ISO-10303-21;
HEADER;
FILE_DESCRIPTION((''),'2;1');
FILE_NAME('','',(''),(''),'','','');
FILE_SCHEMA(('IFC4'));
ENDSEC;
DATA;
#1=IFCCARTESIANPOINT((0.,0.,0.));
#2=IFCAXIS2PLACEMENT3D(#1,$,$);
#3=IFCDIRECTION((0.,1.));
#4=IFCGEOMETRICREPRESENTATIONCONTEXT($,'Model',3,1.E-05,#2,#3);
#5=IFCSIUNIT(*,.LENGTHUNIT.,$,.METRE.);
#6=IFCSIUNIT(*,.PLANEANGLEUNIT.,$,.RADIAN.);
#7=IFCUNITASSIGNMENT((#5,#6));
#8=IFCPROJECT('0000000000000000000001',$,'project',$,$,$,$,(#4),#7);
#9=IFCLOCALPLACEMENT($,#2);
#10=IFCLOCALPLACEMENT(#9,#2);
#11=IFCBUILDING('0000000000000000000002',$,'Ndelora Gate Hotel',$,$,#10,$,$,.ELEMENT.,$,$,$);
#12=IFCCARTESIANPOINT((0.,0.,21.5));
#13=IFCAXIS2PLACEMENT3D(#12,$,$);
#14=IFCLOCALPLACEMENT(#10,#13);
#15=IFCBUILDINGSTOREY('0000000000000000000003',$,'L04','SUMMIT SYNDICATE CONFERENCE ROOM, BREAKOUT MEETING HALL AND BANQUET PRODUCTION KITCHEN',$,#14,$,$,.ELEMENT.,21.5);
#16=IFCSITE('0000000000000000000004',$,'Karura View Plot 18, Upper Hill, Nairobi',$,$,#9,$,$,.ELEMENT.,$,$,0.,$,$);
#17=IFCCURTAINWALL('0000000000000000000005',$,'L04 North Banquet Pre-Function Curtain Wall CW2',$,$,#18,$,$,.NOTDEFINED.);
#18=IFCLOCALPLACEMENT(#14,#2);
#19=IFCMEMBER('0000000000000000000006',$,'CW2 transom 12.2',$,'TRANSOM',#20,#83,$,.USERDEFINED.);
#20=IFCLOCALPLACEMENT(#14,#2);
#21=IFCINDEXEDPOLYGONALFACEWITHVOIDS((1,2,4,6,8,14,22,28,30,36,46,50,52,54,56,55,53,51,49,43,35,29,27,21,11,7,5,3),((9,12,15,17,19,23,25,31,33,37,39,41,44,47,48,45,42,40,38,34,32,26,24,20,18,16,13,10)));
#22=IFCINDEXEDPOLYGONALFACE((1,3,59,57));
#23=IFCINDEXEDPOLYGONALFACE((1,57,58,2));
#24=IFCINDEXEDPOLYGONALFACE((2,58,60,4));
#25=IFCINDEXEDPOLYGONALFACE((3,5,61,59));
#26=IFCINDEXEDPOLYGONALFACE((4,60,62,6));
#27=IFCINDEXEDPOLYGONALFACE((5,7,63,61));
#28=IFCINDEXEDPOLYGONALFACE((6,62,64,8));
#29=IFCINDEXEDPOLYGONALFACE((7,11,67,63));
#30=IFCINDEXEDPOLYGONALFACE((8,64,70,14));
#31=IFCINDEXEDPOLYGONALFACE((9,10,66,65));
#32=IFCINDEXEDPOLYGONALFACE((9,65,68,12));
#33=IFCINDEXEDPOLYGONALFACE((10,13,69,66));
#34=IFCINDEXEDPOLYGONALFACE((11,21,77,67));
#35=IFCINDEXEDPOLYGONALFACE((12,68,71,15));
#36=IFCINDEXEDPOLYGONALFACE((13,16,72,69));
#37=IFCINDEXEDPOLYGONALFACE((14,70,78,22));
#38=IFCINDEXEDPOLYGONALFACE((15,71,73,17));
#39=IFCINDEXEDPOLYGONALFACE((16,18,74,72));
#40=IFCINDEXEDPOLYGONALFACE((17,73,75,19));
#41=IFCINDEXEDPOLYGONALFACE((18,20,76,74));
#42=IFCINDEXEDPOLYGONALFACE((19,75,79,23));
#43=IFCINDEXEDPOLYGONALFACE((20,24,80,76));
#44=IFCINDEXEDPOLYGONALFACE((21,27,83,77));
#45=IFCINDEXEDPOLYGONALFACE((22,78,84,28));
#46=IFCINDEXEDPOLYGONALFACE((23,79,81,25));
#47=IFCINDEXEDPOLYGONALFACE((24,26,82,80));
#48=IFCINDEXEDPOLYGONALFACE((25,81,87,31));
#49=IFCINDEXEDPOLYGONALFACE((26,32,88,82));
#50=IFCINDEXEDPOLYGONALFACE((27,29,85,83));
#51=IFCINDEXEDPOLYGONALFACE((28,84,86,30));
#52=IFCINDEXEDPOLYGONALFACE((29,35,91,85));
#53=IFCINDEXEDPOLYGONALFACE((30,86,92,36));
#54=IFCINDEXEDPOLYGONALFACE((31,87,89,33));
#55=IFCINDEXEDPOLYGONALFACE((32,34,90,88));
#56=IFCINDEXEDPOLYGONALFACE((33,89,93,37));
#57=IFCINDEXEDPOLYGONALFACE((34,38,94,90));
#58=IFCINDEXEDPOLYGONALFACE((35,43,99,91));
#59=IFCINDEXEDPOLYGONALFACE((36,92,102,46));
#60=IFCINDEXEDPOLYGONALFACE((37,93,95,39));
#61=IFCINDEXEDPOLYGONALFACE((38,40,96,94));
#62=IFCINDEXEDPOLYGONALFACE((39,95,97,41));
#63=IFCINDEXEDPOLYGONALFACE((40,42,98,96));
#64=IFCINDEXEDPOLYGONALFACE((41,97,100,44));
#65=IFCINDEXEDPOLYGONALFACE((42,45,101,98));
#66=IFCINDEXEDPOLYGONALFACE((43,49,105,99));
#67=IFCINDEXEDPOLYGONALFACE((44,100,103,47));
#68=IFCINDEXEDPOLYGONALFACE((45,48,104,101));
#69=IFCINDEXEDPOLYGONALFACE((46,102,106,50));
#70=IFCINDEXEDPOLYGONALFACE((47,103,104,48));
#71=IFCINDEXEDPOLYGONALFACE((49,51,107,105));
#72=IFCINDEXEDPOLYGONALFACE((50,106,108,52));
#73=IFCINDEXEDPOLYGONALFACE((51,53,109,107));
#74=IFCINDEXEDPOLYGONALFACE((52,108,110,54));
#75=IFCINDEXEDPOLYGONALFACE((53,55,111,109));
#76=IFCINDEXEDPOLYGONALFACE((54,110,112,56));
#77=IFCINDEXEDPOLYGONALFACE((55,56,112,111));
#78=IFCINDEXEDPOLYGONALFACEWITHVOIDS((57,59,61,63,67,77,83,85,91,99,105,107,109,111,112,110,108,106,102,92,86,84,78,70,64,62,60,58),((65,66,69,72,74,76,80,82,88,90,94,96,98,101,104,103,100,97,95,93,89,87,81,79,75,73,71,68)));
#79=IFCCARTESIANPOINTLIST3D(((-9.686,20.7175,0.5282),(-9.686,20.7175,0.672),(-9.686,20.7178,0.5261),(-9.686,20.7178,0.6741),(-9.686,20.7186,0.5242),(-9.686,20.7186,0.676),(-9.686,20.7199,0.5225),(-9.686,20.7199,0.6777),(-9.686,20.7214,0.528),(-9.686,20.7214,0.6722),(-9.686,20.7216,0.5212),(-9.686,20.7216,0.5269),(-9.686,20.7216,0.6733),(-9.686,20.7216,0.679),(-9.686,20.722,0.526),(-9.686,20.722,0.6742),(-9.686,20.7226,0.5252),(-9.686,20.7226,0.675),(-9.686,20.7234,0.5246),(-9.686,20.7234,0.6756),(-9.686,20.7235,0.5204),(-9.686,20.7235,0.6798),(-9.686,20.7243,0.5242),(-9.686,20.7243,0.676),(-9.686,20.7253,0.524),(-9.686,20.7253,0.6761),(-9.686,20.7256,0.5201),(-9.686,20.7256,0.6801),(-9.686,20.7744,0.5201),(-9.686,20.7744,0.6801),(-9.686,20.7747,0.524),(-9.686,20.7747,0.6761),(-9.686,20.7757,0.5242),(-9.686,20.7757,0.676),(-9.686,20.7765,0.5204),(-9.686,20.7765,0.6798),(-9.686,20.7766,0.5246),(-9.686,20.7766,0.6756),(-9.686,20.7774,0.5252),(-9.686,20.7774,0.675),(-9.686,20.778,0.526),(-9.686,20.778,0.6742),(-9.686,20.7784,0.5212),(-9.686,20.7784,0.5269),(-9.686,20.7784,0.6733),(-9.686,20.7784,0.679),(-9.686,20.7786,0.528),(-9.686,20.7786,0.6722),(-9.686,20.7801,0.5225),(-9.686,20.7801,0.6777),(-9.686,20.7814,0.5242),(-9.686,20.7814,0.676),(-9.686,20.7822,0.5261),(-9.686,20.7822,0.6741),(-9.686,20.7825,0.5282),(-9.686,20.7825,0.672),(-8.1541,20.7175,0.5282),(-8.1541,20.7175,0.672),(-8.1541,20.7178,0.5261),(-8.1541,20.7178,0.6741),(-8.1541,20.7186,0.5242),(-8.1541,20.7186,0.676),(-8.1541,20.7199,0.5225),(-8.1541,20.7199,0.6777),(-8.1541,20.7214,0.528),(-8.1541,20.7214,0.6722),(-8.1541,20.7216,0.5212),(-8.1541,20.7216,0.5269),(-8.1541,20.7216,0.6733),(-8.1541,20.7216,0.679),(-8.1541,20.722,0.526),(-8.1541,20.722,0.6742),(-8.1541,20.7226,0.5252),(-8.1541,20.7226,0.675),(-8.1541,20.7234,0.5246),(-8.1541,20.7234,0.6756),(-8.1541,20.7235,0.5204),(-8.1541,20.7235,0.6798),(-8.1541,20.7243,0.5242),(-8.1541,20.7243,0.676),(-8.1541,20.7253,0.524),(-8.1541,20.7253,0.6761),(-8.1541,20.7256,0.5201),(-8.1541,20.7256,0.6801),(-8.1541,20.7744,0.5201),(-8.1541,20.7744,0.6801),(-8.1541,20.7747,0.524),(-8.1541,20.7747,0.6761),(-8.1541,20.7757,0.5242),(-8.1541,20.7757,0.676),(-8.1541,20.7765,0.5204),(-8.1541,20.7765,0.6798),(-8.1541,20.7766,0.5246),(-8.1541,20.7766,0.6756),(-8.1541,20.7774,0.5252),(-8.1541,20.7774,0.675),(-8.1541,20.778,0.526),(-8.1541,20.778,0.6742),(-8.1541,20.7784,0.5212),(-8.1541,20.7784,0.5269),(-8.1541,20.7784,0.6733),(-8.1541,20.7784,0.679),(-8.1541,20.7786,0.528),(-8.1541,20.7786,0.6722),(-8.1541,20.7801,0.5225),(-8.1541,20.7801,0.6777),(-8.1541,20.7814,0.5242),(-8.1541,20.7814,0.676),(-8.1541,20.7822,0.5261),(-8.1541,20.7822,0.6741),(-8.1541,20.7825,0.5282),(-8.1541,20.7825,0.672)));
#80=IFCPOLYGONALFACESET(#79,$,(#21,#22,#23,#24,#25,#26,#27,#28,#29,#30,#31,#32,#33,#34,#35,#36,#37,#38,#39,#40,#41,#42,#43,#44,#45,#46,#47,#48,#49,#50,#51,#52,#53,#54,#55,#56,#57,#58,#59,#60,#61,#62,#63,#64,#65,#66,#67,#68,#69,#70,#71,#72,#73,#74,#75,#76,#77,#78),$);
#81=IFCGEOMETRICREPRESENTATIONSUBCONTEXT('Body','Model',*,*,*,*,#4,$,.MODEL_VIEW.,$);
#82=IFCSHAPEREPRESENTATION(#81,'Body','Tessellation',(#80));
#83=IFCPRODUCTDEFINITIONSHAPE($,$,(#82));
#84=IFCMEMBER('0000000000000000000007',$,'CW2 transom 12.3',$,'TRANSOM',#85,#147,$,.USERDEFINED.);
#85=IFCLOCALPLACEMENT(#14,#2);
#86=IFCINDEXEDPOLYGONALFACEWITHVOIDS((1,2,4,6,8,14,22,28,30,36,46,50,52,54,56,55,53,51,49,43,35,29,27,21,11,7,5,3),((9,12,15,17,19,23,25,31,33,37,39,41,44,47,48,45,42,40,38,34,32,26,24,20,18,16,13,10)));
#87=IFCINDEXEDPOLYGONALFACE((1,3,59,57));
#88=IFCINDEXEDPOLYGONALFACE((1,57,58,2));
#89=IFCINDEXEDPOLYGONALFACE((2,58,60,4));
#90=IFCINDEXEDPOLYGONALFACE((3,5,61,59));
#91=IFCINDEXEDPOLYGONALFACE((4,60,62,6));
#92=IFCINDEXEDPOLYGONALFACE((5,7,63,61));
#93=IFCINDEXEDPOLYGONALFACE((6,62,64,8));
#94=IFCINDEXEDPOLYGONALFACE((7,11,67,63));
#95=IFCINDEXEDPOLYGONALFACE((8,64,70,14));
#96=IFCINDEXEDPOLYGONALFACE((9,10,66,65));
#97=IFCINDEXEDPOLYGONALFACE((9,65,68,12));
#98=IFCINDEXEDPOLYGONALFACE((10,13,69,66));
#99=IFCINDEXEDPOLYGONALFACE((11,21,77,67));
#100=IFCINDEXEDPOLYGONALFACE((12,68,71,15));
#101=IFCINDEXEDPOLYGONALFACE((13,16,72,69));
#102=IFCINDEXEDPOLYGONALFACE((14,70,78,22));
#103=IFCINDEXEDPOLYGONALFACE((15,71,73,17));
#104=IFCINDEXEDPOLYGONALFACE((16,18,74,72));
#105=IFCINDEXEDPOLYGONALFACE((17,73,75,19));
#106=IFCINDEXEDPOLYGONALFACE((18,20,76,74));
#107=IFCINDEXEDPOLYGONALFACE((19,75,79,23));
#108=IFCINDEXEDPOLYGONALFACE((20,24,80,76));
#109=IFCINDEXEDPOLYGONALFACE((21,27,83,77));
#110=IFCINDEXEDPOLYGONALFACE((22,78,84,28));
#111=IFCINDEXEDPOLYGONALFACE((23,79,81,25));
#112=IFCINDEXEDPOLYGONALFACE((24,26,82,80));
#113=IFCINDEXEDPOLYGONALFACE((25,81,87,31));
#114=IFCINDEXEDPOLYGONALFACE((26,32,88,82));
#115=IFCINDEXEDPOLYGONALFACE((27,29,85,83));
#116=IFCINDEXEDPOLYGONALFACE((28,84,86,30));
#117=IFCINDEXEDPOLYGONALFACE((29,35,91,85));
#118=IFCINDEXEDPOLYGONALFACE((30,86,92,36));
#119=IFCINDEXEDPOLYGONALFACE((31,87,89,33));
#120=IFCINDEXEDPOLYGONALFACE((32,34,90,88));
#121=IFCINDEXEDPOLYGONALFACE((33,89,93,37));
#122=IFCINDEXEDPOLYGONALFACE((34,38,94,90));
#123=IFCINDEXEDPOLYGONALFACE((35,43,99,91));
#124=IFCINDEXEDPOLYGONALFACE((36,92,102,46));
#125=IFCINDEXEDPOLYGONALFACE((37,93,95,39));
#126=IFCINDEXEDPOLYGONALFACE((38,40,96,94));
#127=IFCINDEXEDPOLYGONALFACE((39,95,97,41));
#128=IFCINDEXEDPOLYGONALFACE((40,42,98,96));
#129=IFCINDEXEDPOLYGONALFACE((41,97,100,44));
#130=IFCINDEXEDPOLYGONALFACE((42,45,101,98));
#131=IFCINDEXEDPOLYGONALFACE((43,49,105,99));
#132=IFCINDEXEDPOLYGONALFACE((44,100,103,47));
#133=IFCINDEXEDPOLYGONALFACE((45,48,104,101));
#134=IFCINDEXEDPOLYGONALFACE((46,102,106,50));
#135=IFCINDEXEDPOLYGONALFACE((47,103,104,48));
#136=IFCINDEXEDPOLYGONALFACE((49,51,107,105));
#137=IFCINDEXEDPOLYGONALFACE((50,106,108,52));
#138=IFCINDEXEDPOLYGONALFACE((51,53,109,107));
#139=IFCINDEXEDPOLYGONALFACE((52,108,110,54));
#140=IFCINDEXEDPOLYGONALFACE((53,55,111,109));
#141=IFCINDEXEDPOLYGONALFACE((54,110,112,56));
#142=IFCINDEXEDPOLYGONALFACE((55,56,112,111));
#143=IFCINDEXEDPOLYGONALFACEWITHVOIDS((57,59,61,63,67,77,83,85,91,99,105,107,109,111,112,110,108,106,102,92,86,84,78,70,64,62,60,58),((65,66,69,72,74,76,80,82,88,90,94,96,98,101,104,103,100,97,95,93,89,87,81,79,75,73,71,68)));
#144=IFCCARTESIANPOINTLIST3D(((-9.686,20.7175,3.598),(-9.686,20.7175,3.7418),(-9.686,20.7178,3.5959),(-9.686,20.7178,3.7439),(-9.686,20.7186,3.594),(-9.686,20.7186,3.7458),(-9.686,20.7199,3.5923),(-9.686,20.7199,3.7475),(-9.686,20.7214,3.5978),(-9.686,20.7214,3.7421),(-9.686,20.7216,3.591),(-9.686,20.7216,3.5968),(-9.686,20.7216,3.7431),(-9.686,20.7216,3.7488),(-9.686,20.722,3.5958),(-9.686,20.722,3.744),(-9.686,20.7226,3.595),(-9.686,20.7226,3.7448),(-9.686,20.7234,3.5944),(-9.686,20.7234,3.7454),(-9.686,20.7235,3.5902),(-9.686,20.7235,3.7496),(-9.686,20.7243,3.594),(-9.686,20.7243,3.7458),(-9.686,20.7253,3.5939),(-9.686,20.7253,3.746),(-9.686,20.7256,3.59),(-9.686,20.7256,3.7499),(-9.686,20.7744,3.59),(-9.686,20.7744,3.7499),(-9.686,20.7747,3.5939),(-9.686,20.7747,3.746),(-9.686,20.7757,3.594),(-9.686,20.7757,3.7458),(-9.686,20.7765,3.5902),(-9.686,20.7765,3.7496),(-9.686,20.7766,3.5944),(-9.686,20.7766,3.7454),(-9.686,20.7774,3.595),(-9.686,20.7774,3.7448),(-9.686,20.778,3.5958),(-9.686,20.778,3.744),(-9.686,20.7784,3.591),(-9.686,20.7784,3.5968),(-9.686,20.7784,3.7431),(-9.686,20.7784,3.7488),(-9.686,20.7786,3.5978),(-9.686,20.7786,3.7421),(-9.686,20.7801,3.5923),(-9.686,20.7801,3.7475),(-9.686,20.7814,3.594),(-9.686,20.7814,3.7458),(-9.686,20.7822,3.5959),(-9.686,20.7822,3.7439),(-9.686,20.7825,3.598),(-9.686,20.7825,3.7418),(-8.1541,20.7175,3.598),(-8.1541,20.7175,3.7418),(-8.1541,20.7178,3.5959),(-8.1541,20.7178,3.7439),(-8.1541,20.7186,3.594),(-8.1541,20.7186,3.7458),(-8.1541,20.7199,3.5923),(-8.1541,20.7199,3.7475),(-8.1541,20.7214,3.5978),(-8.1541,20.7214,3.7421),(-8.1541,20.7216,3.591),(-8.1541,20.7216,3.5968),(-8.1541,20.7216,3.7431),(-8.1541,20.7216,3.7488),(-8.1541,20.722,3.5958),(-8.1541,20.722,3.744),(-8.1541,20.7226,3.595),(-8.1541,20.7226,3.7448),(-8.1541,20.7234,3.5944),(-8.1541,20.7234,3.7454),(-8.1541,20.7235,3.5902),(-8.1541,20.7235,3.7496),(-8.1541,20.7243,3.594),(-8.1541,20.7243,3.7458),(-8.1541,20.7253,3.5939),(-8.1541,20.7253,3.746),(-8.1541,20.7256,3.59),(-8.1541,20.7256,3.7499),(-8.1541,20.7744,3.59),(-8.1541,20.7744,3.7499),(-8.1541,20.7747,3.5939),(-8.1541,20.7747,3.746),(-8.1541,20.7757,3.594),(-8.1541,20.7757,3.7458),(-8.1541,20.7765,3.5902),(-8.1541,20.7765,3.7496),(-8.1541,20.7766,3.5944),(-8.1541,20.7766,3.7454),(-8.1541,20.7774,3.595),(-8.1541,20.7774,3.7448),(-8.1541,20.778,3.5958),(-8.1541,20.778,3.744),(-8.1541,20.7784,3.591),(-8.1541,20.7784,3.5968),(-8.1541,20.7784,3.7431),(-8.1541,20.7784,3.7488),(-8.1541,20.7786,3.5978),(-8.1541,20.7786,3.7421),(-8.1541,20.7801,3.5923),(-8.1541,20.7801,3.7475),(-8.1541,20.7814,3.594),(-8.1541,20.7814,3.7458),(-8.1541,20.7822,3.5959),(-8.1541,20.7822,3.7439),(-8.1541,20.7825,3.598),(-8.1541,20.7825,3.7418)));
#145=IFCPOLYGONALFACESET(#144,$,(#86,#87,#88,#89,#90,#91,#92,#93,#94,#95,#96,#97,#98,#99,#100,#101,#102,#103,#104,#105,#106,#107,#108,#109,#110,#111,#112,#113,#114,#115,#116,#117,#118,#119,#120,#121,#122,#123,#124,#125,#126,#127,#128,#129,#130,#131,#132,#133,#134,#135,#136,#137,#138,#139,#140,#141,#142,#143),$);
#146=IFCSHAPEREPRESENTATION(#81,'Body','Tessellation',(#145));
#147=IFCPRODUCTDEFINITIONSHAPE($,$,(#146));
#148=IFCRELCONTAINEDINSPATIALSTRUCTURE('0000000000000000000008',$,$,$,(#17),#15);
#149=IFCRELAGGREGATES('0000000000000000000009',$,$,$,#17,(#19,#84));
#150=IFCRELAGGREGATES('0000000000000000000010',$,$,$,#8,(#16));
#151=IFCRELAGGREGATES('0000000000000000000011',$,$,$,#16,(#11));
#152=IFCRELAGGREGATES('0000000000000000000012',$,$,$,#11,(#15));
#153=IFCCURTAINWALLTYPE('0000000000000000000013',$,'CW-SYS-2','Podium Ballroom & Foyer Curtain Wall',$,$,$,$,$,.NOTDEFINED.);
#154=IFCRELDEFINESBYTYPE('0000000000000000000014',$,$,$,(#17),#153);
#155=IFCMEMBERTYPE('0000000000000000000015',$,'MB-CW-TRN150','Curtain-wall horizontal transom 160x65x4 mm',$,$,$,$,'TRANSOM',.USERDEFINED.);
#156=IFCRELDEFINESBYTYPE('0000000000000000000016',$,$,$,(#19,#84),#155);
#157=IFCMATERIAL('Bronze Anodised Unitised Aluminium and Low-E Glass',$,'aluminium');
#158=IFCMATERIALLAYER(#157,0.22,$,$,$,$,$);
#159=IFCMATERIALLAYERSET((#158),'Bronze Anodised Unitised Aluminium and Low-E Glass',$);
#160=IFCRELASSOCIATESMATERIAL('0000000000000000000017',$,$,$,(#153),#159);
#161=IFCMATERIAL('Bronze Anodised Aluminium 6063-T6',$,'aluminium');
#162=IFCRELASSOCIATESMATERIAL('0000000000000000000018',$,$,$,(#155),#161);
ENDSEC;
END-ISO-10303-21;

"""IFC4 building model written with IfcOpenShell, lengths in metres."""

from ifc_helpers import new_model, si_unit, direction, frame, origin, origin_2d, place, context, subcontext, project, spatial, hollow_rectangle, extrude, material, layer, layer_set, material_profile, profile_set, type_object, element, aggregate, save


model = new_model("IFC4")

# Units and contexts
model_context = context("Model", 3, precision=1e-05, world=origin(), true_north=direction((0.0, 1.0)))
body_context = subcontext(model_context, "Body", "Model", "MODEL_VIEW")
ifc_project = project(units=[si_unit("LENGTHUNIT", "METRE"), si_unit("PLANEANGLEUNIT", "RADIAN")], contexts=[model_context])

# Site, building, storey
site_placement = place(None, origin())
site = spatial("IfcSite", under=ifc_project, at=site_placement, Name="Karura View Plot 18, Upper Hill, Nairobi", CompositionType="ELEMENT", RefElevation=0.0)
building_placement = place(site_placement, origin())
building = spatial("IfcBuilding", under=site, at=building_placement, Name="Ndelora Gate Hotel", CompositionType="ELEMENT")
storey_placement = place(building_placement, frame((0.0, 0.0, 21.5)))
storey = spatial("IfcBuildingStorey", under=building, at=storey_placement, Name="L04", Description="SUMMIT SYNDICATE CONFERENCE ROOM, BREAKOUT MEETING HALL AND BANQUET PRODUCTION KITCHEN", CompositionType="ELEMENT", Elevation=21.5)

# Curtain wall, members
ifc_material_1 = material(Name="Bronze Anodised Unitised Aluminium and Low-E Glass", Category="aluminium")
ifc_layer_1 = layer(ifc_material_1, 0.22)
ifc_layer_set_1 = layer_set([ifc_layer_1], Name="Bronze Anodised Unitised Aluminium and Low-E Glass")
curtain_wall_type = type_object("IfcCurtainWallType", Name="CW-SYS-2", Description="Podium Ballroom & Foyer Curtain Wall", PredefinedType="NOTDEFINED", material=ifc_layer_set_1)
curtain_wall_placement = place(storey_placement, origin())
curtain_wall = element("IfcCurtainWall", 1, at=curtain_wall_placement, inside=storey, type_object=curtain_wall_type, Name="L04 North Banquet Pre-Function Curtain Wall CW2", PredefinedType="NOTDEFINED")
ifc_material_2 = material(Name="Bronze Anodised Aluminium 6063-T6", Category="aluminium")
ifc_material_profile_1 = material_profile(ifc_material_2, hollow_rectangle(XDim=0.0649, YDim=0.1599, WallThickness=0.0039, InnerFilletRadius=0.0039, OuterFilletRadius=0.0081, at=origin_2d()), Name="ALU 160x65x4")
ifc_profile_set_1 = profile_set([ifc_material_profile_1], Name="Bronze Anodised Aluminium 6063-T6")
member_type_1 = type_object("IfcMemberType", Name="MB-CW-TRN150", Description="Curtain-wall horizontal transom 160x65x4 mm", ElementType="TRANSOM", PredefinedType="USERDEFINED", material=ifc_profile_set_1)
member_1_placement = place(storey_placement, frame((-8.1541, 20.75, 0.6001), z_axis=(-1.0, 0.0, 0.0), x_axis=(0.0, -1.0, 0.0)))
member_1 = element("IfcMember", 2, at=member_1_placement, type_object=member_type_1, Name="CW2 transom 12.2", ObjectType="TRANSOM", PredefinedType="USERDEFINED", context=body_context, shape_type="SweptSolid", body=[
    extrude(hollow_rectangle(XDim=0.0649, YDim=0.1599, WallThickness=0.0039, InnerFilletRadius=0.0039, OuterFilletRadius=0.0081, at=origin_2d()), origin(), (0.0, 0.0, 1.0), 1.532),
])
member_2_placement = place(storey_placement, frame((-8.1541, 20.75, 3.6699), z_axis=(-1.0, 0.0, 0.0), x_axis=(0.0, -1.0, 0.0)))
member_2 = element("IfcMember", 3, at=member_2_placement, type_object=member_type_1, Name="CW2 transom 12.3", ObjectType="TRANSOM", PredefinedType="USERDEFINED", context=body_context, shape_type="SweptSolid", body=[
    extrude(hollow_rectangle(XDim=0.0649, YDim=0.1599, WallThickness=0.0039, InnerFilletRadius=0.0039, OuterFilletRadius=0.0081, at=origin_2d()), origin(), (0.0, 0.0, 1.0), 1.532),
])
aggregate(curtain_wall, [member_1, member_2])

save(model, "model.ifc")
